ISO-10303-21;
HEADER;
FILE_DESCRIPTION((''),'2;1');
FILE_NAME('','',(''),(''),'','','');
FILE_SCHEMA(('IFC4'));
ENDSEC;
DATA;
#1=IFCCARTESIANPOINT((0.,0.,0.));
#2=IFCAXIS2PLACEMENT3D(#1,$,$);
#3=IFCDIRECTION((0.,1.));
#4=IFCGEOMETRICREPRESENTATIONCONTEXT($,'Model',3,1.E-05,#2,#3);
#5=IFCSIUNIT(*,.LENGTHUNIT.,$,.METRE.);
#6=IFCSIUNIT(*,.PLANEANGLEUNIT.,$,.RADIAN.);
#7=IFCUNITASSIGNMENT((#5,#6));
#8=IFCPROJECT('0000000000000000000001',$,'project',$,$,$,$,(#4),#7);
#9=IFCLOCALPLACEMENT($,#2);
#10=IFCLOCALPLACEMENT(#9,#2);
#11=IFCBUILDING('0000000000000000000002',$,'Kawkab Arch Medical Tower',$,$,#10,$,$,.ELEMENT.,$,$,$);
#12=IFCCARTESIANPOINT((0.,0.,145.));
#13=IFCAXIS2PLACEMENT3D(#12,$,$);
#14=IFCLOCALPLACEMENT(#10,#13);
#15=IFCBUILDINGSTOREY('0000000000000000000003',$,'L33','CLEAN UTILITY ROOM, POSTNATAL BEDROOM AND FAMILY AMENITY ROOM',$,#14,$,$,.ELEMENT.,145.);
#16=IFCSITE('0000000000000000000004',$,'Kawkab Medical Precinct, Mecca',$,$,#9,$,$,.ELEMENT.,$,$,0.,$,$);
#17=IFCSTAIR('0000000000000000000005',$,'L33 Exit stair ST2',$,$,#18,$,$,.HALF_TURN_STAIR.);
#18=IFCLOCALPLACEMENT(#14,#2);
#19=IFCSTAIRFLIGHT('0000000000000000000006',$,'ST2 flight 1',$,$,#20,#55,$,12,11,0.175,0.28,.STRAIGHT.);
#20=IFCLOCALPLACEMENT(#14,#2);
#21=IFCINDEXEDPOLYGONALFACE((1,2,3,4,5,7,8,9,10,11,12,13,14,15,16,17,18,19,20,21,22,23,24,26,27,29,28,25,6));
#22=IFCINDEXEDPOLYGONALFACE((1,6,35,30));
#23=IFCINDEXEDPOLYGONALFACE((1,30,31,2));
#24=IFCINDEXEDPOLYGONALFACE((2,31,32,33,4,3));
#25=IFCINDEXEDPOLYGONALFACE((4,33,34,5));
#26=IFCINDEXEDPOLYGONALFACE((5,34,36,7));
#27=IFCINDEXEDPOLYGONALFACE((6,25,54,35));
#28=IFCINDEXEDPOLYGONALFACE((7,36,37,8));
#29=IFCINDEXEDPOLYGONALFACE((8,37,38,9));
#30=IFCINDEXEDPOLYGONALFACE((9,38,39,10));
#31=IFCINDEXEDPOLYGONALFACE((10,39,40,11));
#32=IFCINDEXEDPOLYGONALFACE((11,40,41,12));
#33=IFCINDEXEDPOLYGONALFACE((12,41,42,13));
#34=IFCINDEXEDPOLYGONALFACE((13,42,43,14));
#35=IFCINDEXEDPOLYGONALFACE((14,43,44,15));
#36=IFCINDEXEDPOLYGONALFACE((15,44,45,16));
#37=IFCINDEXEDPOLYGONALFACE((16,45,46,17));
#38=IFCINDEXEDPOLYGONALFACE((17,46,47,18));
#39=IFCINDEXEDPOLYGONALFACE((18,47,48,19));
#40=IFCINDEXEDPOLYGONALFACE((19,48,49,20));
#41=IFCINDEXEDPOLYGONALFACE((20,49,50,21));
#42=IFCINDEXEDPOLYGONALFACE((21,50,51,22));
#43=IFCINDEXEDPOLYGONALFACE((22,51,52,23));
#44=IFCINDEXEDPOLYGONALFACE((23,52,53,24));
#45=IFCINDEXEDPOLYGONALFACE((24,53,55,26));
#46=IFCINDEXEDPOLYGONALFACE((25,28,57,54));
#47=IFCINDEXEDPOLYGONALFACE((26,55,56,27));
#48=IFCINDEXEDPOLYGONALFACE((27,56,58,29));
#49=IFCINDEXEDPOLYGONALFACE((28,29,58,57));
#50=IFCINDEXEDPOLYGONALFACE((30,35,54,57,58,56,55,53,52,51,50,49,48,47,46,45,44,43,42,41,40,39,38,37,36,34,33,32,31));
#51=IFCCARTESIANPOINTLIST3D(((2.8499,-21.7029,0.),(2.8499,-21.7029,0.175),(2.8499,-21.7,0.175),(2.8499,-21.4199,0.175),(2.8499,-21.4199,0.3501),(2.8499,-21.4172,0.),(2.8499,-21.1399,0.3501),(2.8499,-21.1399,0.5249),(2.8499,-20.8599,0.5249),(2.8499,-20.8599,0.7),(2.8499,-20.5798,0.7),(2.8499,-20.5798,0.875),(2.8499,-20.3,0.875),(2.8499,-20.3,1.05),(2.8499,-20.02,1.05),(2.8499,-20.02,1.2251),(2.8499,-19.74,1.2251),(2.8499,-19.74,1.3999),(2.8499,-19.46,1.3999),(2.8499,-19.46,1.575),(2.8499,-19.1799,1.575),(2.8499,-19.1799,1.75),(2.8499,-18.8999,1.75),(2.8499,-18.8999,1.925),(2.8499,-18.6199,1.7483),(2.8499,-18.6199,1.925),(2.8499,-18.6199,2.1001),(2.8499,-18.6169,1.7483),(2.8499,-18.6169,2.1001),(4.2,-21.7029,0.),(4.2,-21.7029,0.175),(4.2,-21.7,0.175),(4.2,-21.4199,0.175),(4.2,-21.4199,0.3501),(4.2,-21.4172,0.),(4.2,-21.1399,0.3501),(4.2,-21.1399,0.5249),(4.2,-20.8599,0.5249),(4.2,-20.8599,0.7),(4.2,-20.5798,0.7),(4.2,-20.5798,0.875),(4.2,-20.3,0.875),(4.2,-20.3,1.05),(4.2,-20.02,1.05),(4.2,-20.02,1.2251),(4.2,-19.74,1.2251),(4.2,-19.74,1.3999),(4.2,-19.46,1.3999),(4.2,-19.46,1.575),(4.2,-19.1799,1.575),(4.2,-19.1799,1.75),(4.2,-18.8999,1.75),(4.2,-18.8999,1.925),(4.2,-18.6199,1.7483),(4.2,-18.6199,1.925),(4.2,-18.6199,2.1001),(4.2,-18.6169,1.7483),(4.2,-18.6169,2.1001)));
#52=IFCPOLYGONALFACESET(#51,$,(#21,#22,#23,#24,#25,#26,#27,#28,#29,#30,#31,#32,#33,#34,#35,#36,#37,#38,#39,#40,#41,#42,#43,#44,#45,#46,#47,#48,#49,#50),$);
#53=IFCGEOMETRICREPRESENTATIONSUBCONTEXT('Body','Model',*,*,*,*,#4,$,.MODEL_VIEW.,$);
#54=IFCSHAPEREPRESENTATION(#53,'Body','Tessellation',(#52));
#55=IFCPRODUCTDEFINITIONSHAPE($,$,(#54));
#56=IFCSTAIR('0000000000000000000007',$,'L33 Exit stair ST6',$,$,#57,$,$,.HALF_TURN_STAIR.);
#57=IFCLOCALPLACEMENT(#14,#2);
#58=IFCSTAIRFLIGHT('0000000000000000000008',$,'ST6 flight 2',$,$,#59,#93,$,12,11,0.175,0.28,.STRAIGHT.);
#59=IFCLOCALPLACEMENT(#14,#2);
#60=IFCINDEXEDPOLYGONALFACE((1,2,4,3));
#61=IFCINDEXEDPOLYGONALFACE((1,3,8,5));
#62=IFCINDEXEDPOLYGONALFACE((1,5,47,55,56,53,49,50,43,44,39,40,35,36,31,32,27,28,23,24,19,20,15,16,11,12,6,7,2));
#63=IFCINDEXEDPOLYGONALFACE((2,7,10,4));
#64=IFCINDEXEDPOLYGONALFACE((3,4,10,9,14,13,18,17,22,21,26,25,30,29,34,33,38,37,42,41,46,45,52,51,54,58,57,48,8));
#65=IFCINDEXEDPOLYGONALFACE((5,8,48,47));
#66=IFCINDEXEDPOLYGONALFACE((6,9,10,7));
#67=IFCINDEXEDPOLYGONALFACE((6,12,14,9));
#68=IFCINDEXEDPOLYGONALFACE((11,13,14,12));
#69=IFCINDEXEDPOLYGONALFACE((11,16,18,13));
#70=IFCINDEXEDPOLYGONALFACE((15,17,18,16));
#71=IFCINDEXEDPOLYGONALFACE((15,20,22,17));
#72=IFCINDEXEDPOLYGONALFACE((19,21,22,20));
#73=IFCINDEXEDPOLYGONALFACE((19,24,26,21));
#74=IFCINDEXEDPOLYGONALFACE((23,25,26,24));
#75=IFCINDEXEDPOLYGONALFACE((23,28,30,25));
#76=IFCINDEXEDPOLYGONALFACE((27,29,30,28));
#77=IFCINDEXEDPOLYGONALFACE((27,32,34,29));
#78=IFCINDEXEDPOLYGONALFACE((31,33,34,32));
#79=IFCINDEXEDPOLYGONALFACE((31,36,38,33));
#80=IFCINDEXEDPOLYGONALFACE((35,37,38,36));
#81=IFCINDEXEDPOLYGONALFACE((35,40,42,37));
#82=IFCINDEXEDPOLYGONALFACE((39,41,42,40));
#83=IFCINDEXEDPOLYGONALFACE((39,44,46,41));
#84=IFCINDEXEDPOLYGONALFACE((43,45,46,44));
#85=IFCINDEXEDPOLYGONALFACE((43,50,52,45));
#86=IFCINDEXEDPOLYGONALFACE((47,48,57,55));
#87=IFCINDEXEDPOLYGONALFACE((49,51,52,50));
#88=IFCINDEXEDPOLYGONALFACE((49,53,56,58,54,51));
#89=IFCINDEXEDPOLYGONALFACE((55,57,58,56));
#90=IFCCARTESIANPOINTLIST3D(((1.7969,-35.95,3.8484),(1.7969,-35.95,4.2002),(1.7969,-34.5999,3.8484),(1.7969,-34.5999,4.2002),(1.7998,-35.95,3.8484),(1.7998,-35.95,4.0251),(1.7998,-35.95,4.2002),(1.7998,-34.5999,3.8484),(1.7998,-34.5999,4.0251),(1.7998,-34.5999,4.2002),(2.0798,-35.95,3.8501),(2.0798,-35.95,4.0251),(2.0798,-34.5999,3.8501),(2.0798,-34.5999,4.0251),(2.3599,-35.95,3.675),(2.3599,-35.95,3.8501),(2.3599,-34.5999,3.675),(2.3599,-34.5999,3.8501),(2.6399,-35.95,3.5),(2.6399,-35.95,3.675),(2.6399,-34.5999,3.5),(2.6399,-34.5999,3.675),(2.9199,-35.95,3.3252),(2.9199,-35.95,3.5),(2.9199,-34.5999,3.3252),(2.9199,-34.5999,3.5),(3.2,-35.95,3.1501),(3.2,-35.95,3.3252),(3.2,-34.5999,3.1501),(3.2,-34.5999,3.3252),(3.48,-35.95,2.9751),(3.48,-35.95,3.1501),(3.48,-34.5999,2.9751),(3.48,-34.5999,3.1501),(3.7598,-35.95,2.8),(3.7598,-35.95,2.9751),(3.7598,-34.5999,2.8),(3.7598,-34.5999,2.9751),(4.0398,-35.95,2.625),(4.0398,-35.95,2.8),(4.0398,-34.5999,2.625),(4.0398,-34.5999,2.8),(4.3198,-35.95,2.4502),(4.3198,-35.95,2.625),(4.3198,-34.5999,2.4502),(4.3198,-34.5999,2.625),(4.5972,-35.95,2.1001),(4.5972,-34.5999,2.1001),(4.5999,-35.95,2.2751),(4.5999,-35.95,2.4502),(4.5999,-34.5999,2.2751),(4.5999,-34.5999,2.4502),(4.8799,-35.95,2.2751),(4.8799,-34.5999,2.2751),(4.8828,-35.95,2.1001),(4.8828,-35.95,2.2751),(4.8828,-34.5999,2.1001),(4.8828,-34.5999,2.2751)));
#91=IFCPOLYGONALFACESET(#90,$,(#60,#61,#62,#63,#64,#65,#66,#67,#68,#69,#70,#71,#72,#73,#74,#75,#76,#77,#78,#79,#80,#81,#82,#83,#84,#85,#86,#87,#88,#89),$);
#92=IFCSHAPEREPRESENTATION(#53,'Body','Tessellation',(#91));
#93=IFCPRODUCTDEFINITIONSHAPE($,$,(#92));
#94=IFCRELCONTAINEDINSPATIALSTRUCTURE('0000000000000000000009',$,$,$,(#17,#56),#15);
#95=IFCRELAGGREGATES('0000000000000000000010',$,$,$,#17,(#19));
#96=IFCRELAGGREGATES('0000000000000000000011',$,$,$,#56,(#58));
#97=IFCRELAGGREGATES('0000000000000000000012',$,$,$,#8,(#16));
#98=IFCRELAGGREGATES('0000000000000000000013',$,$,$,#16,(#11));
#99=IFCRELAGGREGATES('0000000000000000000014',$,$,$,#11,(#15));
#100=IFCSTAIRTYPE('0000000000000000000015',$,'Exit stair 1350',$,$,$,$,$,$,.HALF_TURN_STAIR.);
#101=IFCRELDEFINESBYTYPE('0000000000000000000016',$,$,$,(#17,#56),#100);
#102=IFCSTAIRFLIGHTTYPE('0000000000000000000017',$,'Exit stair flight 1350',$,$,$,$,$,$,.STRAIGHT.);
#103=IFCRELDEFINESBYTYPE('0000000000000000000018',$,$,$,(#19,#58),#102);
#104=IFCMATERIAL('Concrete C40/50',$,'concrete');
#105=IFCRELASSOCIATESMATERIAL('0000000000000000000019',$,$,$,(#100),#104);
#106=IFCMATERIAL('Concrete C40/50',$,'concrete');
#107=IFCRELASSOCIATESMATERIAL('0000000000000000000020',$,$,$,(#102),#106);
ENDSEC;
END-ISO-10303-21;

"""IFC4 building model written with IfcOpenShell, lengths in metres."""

from ifc_helpers import new_model, si_unit, direction, frame, origin, place, context, subcontext, project, spatial, polyline, outline, extrude, material, type_object, element, aggregate, save


model = new_model("IFC4")

# Units and contexts
model_context = context("Model", 3, precision=1e-05, world=origin(), true_north=direction((0.0, 1.0)))
body_context = subcontext(model_context, "Body", "Model", "MODEL_VIEW")
ifc_project = project(units=[si_unit("LENGTHUNIT", "METRE"), si_unit("PLANEANGLEUNIT", "RADIAN")], contexts=[model_context])

# Site, building, storey
site_placement = place(None, origin())
site = spatial("IfcSite", under=ifc_project, at=site_placement, Name="Kawkab Medical Precinct, Mecca", CompositionType="ELEMENT", RefElevation=0.0)
building_placement = place(site_placement, origin())
building = spatial("IfcBuilding", under=site, at=building_placement, Name="Kawkab Arch Medical Tower", CompositionType="ELEMENT")
storey_placement = place(building_placement, frame((0.0, 0.0, 145.0)))
storey = spatial("IfcBuildingStorey", under=building, at=storey_placement, Name="L33", Description="CLEAN UTILITY ROOM, POSTNATAL BEDROOM AND FAMILY AMENITY ROOM", CompositionType="ELEMENT", Elevation=145.0)

# Stairs, stair flights
ifc_material_1 = material(Name="Concrete C40/50", Category="concrete")
stair_type = type_object("IfcStairType", Name="Exit stair 1350", PredefinedType="HALF_TURN_STAIR", material=ifc_material_1)
placement = place(storey_placement, origin())
stair_1 = element("IfcStair", 1, at=placement, inside=storey, type_object=stair_type, Name="L33 Exit stair ST2", PredefinedType="HALF_TURN_STAIR")
ifc_material_2 = material(Name="Concrete C40/50", Category="concrete")
stair_flight_type = type_object("IfcStairFlightType", Name="Exit stair flight 1350", PredefinedType="STRAIGHT", material=ifc_material_2)
stair_flight_1_placement = place(storey_placement, frame((3.5249, -21.7, 0.0), z_axis=(0.0, 0.0, 1.0), x_axis=(0.0, 1.0, 0.0)))
stair_flight_1 = element("IfcStairFlight", 2, at=stair_flight_1_placement, type_object=stair_flight_type, Name="ST2 flight 1", NumberOfRisers=12, NumberOfTreads=11, PredefinedType="STRAIGHT", RiserHeight=0.175, TreadLength=0.28, context=body_context, shape_type="SweptSolid", body=[
    extrude(outline(polyline([(-0.0029, 0.0), (-0.0029, 0.175), (0.0, 0.175), (0.28, 0.175), (0.28, 0.3501), (0.5601, 0.3501), (0.5601, 0.5249), (0.8401, 0.5249), (0.8401, 0.7), (1.1201, 0.7), (1.1201, 0.875), (1.3999, 0.875), (1.3999, 1.05), (1.6799, 1.05), (1.6799, 1.2251), (1.96, 1.2251), (1.96, 1.3999), (2.24, 1.3999), (2.24, 1.575), (2.52, 1.575), (2.52, 1.75), (2.8, 1.75), (2.8, 1.925), (3.0801, 1.925), (3.0801, 2.1001), (3.083, 2.1001), (3.083, 1.7483), (3.0801, 1.7483), (0.2827, 0.0), (-0.0029, 0.0)])), frame((0.0, 0.675, 0.0), z_axis=(0.0, -1.0, 0.0), x_axis=(1.0, 0.0, 0.0)), (0.0, 0.0, 1.0), 1.3501),
])
aggregate(stair_1, [stair_flight_1])
stair_2 = element("IfcStair", 3, at=placement, inside=storey, type_object=stair_type, Name="L33 Exit stair ST6", PredefinedType="HALF_TURN_STAIR")
stair_flight_2_placement = place(storey_placement, frame((4.8799, -35.2749, 2.1001), z_axis=(0.0, 0.0, 1.0), x_axis=(-1.0, 0.0, 0.0)))
stair_flight_2 = element("IfcStairFlight", 4, at=stair_flight_2_placement, type_object=stair_flight_type, Name="ST6 flight 2", NumberOfRisers=12, NumberOfTreads=11, PredefinedType="STRAIGHT", RiserHeight=0.175, TreadLength=0.28, context=body_context, shape_type="SweptSolid", body=[
    extrude(outline(polyline([(-0.0029, 0.0), (-0.0029, 0.175), (0.0, 0.175), (0.28, 0.175), (0.28, 0.3501), (0.5601, 0.3501), (0.5601, 0.5249), (0.8401, 0.5249), (0.8401, 0.7), (1.1201, 0.7), (1.1201, 0.875), (1.3999, 0.875), (1.3999, 1.05), (1.6799, 1.05), (1.6799, 1.2251), (1.96, 1.2251), (1.96, 1.3999), (2.24, 1.3999), (2.24, 1.575), (2.52, 1.575), (2.52, 1.75), (2.8, 1.75), (2.8, 1.925), (3.0801, 1.925), (3.0801, 2.1001), (3.083, 2.1001), (3.083, 1.7483), (3.0801, 1.7483), (0.2827, 0.0), (-0.0029, 0.0)])), frame((0.0, 0.675, 0.0), z_axis=(0.0, -1.0, 0.0), x_axis=(1.0, 0.0, 0.0)), (0.0, 0.0, 1.0), 1.3501),
])
aggregate(stair_2, [stair_flight_2])

save(model, "model.ifc")
